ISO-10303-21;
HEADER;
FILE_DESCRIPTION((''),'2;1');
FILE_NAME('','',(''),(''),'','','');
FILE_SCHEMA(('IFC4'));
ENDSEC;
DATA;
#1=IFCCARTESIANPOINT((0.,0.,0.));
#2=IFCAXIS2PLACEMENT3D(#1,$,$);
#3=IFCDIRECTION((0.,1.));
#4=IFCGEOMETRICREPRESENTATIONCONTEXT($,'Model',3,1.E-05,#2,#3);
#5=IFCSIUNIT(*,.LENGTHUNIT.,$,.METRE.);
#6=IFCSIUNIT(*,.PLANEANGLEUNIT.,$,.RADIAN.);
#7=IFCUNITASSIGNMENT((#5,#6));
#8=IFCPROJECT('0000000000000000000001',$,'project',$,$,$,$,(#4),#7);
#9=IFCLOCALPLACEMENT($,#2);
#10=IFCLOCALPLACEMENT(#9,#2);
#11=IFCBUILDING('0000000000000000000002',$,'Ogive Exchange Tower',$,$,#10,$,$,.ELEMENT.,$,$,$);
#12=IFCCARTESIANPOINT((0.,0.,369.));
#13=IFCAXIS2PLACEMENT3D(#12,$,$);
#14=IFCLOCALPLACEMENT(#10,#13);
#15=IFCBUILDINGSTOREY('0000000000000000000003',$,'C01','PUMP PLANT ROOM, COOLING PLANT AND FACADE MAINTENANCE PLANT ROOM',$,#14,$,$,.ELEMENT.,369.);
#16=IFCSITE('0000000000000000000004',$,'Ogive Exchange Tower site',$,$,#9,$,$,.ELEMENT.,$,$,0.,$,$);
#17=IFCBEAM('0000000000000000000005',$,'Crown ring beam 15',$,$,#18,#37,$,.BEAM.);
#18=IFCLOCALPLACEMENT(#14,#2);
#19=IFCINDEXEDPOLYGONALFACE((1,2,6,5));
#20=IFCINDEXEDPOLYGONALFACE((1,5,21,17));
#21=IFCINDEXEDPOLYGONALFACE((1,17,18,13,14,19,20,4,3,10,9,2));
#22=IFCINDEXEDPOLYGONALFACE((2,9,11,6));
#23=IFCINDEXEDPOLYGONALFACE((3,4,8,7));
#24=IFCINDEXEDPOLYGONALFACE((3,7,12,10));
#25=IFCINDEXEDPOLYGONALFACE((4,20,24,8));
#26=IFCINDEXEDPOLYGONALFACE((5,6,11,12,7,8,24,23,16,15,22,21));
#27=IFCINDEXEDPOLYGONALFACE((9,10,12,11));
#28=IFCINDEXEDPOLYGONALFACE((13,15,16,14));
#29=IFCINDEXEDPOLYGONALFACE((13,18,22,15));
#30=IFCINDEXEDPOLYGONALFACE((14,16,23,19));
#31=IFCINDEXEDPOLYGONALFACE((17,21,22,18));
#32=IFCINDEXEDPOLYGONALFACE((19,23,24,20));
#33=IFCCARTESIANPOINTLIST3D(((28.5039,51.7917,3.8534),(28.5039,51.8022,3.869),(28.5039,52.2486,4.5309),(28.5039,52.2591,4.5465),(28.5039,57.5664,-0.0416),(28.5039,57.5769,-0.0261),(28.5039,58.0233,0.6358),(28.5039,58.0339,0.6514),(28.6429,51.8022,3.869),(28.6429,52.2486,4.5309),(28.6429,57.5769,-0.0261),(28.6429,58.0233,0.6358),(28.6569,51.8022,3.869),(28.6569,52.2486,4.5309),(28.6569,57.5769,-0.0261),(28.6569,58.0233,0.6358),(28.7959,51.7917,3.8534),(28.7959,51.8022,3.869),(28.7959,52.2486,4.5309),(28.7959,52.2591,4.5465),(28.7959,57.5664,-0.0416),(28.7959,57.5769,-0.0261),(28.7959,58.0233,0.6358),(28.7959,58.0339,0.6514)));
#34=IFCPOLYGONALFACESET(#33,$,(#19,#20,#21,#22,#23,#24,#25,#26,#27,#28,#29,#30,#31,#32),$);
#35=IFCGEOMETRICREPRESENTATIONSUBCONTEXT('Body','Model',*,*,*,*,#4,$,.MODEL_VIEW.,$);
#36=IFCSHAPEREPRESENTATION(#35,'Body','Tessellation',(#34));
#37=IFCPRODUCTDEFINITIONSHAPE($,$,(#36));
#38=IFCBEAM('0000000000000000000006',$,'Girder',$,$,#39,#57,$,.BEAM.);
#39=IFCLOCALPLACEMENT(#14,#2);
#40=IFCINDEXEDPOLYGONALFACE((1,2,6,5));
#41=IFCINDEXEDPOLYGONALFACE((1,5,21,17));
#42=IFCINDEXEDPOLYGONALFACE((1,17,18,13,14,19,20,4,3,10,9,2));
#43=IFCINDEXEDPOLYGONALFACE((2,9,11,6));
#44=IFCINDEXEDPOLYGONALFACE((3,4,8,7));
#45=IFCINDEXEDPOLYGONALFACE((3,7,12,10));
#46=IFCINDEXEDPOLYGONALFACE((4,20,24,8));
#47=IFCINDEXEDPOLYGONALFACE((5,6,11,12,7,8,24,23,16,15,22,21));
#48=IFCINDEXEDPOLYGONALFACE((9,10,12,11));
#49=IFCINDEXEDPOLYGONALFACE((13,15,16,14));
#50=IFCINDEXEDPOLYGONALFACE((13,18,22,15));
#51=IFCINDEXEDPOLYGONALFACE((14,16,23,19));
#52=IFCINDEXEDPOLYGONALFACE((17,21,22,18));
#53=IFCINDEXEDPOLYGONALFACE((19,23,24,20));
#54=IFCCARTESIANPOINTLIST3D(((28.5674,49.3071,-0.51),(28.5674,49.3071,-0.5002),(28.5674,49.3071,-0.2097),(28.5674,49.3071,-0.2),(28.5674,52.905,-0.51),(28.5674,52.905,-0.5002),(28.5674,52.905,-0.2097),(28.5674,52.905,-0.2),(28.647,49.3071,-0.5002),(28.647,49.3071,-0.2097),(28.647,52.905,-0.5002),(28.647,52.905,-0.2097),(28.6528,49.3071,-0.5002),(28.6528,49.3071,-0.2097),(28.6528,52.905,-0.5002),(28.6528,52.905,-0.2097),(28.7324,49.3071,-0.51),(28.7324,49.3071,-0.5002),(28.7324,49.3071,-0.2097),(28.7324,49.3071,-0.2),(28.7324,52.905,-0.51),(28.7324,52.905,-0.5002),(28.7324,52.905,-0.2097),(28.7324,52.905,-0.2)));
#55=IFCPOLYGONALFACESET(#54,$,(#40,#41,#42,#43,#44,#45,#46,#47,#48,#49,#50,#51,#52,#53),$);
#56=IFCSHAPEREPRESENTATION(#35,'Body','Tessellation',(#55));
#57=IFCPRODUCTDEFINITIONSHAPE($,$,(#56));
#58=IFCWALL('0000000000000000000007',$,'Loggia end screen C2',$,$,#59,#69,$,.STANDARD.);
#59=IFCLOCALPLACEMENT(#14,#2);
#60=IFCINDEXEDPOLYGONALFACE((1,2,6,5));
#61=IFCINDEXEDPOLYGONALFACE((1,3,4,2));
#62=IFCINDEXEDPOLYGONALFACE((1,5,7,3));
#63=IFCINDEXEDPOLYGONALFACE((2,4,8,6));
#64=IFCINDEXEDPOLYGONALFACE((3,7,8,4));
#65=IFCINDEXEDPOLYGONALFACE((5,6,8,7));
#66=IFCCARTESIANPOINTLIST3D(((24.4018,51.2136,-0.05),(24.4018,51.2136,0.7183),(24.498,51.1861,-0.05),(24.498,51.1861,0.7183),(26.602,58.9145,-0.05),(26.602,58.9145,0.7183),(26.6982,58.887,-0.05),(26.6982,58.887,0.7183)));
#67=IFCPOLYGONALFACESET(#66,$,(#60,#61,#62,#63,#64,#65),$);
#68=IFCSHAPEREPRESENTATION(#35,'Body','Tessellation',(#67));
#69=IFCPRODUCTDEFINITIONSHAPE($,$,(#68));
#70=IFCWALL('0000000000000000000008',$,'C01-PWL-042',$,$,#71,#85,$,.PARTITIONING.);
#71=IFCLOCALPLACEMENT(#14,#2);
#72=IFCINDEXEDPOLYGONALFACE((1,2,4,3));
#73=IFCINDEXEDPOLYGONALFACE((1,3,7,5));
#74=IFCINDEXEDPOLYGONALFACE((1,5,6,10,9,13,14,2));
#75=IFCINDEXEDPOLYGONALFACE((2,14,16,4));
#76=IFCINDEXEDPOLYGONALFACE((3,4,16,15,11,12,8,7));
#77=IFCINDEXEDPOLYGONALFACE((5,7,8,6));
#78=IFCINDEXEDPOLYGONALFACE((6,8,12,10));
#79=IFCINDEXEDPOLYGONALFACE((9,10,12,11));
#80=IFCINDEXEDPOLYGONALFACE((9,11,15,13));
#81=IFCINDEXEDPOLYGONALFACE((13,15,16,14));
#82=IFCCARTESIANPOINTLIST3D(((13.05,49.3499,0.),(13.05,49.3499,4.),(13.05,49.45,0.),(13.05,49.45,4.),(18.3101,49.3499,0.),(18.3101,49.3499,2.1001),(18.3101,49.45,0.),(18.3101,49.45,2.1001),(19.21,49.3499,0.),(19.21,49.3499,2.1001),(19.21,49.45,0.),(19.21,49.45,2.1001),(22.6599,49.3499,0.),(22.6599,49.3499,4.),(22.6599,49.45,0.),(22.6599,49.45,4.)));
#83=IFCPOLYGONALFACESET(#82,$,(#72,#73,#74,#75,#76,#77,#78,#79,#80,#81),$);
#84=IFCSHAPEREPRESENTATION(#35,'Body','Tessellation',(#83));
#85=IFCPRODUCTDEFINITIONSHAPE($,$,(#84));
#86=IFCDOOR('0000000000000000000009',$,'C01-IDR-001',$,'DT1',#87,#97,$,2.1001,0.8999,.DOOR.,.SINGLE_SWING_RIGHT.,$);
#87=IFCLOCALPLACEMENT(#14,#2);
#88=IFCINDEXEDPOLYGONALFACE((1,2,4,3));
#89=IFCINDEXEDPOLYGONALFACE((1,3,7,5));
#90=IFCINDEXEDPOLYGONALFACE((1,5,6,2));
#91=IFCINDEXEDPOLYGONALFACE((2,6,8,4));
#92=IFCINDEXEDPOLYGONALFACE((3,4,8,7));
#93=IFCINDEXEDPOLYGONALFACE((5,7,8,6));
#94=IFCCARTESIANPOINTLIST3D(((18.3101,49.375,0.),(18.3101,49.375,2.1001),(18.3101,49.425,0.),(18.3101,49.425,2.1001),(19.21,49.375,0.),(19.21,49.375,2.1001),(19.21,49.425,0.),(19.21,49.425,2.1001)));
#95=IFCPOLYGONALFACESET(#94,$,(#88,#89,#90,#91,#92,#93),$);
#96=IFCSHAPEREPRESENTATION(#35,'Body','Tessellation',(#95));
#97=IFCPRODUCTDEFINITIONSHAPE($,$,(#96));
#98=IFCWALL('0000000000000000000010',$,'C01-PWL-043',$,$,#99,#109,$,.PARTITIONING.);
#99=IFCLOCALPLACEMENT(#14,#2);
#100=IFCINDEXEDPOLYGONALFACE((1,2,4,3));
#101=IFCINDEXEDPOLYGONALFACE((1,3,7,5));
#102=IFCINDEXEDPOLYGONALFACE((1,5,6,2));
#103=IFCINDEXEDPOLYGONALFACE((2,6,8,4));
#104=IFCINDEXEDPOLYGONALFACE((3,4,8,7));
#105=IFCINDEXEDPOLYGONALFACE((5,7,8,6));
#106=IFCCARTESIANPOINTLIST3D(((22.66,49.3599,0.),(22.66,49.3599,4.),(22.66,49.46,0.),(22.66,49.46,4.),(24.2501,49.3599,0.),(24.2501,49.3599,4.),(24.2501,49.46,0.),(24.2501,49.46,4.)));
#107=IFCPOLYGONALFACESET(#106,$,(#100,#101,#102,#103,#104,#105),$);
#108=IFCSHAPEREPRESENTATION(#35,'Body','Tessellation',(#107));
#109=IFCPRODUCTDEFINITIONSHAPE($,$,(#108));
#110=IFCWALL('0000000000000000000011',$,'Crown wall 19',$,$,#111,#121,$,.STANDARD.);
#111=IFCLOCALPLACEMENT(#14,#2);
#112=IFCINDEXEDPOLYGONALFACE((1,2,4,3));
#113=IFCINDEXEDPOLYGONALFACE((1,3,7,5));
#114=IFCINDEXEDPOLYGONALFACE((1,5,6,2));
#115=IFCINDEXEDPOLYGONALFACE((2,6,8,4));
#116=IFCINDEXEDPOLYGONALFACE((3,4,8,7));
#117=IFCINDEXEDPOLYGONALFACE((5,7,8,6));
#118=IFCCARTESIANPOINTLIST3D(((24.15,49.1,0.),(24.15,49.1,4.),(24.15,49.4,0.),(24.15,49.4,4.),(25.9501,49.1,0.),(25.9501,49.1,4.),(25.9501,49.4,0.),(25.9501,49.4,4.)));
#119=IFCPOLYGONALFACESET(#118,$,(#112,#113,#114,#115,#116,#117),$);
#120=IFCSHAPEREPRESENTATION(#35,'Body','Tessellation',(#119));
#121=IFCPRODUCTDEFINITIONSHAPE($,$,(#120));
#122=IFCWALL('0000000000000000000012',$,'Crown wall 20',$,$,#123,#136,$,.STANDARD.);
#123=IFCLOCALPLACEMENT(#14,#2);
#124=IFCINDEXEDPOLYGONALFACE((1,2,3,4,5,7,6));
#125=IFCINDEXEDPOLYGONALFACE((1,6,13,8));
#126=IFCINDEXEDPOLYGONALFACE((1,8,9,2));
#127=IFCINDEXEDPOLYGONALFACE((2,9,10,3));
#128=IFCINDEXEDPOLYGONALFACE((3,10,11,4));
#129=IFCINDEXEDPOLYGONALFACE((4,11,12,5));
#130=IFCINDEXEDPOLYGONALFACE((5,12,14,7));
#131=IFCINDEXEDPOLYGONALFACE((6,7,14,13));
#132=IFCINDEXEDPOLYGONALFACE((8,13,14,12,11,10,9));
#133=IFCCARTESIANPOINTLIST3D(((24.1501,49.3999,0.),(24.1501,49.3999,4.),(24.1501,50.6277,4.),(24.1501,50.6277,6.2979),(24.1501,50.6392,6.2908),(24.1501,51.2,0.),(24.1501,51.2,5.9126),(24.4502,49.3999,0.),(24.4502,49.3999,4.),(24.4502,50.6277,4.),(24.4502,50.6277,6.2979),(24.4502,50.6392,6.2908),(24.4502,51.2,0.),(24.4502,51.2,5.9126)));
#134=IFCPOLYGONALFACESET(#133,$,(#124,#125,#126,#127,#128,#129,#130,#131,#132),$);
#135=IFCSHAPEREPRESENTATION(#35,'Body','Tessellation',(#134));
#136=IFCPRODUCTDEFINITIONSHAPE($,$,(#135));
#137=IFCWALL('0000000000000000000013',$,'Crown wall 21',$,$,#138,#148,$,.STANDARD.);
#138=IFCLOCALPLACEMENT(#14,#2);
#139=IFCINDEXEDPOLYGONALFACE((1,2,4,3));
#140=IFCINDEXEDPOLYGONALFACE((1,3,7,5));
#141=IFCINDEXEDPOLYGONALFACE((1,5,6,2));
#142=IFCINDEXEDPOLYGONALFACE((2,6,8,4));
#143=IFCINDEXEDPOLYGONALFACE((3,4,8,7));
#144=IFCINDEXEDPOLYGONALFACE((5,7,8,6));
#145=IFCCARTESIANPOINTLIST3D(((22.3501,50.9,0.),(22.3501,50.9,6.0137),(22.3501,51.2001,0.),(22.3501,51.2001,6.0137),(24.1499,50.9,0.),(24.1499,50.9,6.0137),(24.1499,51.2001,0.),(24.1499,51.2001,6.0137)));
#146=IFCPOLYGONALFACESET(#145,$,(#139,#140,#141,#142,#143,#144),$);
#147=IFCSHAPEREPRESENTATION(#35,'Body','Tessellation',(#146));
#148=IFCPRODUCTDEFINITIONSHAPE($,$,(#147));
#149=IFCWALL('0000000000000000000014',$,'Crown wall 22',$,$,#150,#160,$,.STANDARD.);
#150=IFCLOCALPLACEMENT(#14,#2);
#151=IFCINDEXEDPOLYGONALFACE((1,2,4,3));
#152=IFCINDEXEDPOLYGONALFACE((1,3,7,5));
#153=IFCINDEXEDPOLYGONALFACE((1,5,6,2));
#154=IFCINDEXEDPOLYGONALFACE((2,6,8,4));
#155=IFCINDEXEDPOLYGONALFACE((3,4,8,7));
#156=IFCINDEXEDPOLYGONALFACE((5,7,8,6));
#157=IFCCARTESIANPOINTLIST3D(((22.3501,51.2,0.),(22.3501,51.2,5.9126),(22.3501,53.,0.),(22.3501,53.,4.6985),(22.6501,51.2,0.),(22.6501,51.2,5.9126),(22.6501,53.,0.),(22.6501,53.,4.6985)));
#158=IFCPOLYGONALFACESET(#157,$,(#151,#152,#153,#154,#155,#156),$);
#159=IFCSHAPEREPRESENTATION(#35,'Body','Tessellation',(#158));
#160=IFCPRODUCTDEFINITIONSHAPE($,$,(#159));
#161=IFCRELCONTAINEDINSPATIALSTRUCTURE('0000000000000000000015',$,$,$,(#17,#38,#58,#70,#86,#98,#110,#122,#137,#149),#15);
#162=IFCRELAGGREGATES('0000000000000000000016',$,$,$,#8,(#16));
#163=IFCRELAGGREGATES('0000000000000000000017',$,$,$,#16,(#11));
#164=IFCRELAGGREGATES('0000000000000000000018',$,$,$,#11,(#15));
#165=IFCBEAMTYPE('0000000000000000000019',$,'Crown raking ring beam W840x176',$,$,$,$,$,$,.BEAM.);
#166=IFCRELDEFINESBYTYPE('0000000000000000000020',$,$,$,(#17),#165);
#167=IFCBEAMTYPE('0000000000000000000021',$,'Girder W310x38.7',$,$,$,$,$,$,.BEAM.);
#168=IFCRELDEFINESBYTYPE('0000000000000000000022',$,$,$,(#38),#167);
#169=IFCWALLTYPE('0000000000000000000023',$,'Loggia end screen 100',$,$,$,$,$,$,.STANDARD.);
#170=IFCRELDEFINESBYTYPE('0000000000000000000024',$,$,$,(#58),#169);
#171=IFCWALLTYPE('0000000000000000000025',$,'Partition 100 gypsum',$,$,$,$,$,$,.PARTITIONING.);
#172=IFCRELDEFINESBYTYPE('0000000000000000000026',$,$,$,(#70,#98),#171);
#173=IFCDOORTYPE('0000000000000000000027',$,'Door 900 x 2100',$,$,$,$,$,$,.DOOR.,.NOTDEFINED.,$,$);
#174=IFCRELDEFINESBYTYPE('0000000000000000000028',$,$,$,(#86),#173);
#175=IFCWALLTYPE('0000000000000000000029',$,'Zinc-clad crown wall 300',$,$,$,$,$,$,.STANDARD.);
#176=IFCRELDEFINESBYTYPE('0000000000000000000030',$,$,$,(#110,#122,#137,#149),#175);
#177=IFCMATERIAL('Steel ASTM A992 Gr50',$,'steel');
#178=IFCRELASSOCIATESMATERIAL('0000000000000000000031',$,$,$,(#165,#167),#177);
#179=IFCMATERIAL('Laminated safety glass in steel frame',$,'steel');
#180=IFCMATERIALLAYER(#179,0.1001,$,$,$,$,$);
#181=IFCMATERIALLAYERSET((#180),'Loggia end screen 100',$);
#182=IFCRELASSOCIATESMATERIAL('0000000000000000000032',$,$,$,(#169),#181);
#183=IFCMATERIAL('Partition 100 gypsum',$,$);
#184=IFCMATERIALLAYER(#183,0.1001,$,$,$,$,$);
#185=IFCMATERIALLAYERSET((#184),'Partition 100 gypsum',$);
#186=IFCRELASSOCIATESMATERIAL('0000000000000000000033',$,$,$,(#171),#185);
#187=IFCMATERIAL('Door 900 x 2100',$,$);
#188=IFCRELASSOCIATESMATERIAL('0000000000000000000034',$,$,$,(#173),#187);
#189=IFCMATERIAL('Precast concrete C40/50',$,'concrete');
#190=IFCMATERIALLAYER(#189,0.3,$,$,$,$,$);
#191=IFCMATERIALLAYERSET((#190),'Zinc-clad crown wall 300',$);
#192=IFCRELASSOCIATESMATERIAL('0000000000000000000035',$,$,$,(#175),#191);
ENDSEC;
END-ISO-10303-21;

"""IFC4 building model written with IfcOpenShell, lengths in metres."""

from ifc_helpers import new_model, si_unit, direction, frame, frame_2d, origin, origin_2d, place, context, subcontext, project, spatial, polyline, rectangle, i_section, outline, extrude, material, layer, layer_set, material_profile, profile_set, type_object, element, fill, save


model = new_model("IFC4")

# Units and contexts
model_context = context("Model", 3, precision=1e-05, world=origin(), true_north=direction((0.0, 1.0)))
body_context = subcontext(model_context, "Body", "Model", "MODEL_VIEW")
ifc_project = project(units=[si_unit("LENGTHUNIT", "METRE"), si_unit("PLANEANGLEUNIT", "RADIAN")], contexts=[model_context])

# Site, building, storey
site_placement = place(None, origin())
site = spatial("IfcSite", under=ifc_project, at=site_placement, Name="Ogive Exchange Tower site", CompositionType="ELEMENT", RefElevation=0.0)
building_placement = place(site_placement, origin())
building = spatial("IfcBuilding", under=site, at=building_placement, Name="Ogive Exchange Tower", CompositionType="ELEMENT")
storey_placement = place(building_placement, frame((0.0, 0.0, 369.0)))
storey = spatial("IfcBuildingStorey", under=building, at=storey_placement, Name="C01", Description="PUMP PLANT ROOM, COOLING PLANT AND FACADE MAINTENANCE PLANT ROOM", CompositionType="ELEMENT", Elevation=369.0)

# Beams
ifc_material_1 = material(Name="Steel ASTM A992 Gr50", Category="steel")
ifc_material_profile_1 = material_profile(ifc_material_1, i_section(OverallWidth=0.292, OverallDepth=0.8359, WebThickness=0.0139, FlangeThickness=0.0188, at=origin_2d()), Name="W840x176")
ifc_profile_set_1 = profile_set([ifc_material_profile_1], Name="Steel ASTM A992 Gr50")
beam_type_1 = type_object("IfcBeamType", Name="Crown raking ring beam W840x176", PredefinedType="BEAM", material=ifc_profile_set_1)
beam_1_placement = place(storey_placement, frame((28.6499, 52.0254, 4.2), z_axis=(0.0, 0.82904, -0.559189), x_axis=(-1.0, 0.0, 0.0)))
element("IfcBeam", 1, at=beam_1_placement, inside=storey, type_object=beam_type_1, Name="Crown ring beam 15", PredefinedType="BEAM", context=body_context, shape_type="SweptSolid", body=[
    extrude(i_section(OverallWidth=0.292, OverallDepth=0.8359, WebThickness=0.0139, FlangeThickness=0.0188, at=origin_2d()), origin(), (0.0, 0.0, 1.0), 6.9656),
])
ifc_material_profile_2 = material_profile(ifc_material_1, i_section(OverallWidth=0.165, OverallDepth=0.3101, WebThickness=0.0059, FlangeThickness=0.0098, at=origin_2d()), Name="W310x38.7")
ifc_profile_set_2 = profile_set([ifc_material_profile_2], Name="Steel ASTM A992 Gr50")
beam_type_2 = type_object("IfcBeamType", Name="Girder W310x38.7", PredefinedType="BEAM", material=ifc_profile_set_2)
beam_2_placement = place(storey_placement, frame((28.6499, 49.3071, -0.355), z_axis=(0.0, 1.0, 0.0), x_axis=(-1.0, 0.0, 0.0)))
element("IfcBeam", 2, at=beam_2_placement, inside=storey, type_object=beam_type_2, Name="Girder", PredefinedType="BEAM", context=body_context, shape_type="SweptSolid", body=[
    extrude(i_section(OverallWidth=0.165, OverallDepth=0.3101, WebThickness=0.0059, FlangeThickness=0.0098, at=origin_2d()), origin(), (0.0, 0.0, 1.0), 3.5979),
])

# Wall
ifc_material_2 = material(Name="Laminated safety glass in steel frame", Category="steel")
ifc_layer_1 = layer(ifc_material_2, 0.1001)
ifc_layer_set_1 = layer_set([ifc_layer_1], Name="Loggia end screen 100")
wall_type_1 = type_object("IfcWallType", Name="Loggia end screen 100", PredefinedType="STANDARD", material=ifc_layer_set_1)
wall_1_placement = place(storey_placement, frame((24.45, 51.2, -0.05), z_axis=(0.0, 0.0, 1.0), x_axis=(0.274713, 0.961526, 0.0)))
element("IfcWall", 3, at=wall_1_placement, inside=storey, type_object=wall_type_1, Name="Loggia end screen C2", PredefinedType="STANDARD", context=body_context, shape_type="SweptSolid", body=[
    extrude(rectangle(XDim=8.009, YDim=0.1001, at=frame_2d((4.0044, 0.0))), origin(), (0.0, 0.0, 1.0), 0.7683),
])

# Wall, opening, door
ifc_material_3 = material(Name="Partition 100 gypsum")
ifc_layer_2 = layer(ifc_material_3, 0.1001)
ifc_layer_set_2 = layer_set([ifc_layer_2], Name="Partition 100 gypsum")
wall_type_2 = type_object("IfcWallType", Name="Partition 100 gypsum", PredefinedType="PARTITIONING", material=ifc_layer_set_2)
wall_2_placement = place(storey_placement, frame((22.6599, 49.3999, 0.0), z_axis=(0.0, 0.0, 1.0), x_axis=(-1.0, 0.0, 0.0)))
wall_2 = element("IfcWall", 4, at=wall_2_placement, inside=storey, type_object=wall_type_2, Name="C01-PWL-042", PredefinedType="PARTITIONING", context=body_context, shape_type="SweptSolid", body=[
    extrude(rectangle(XDim=9.6099, YDim=0.1001, at=frame_2d((4.8049, 0.0))), origin(), (0.0, 0.0, 1.0), 4.0),
])
opening_1_placement = place(wall_2_placement, frame((3.45, 0.0, 0.0)))
opening_1 = element("IfcOpeningElement", 5, at=opening_1_placement, cuts=wall_2, PredefinedType="OPENING", context=body_context, shape_type="SweptSolid", body=[
    extrude(rectangle(XDim=0.8999, YDim=2.1001, at=frame_2d((0.45, 1.05))), frame((0.0, 0.0601, 0.0), z_axis=(0.0, -1.0, 0.0), x_axis=(1.0, 0.0, 0.0)), (0.0, 0.0, 1.0), 0.1201),
])
ifc_material_4 = material(Name="Door 900 x 2100")
door_type = type_object("IfcDoorType", Name="Door 900 x 2100", OperationType="NOTDEFINED", PredefinedType="DOOR", material=ifc_material_4)
door_placement = place(opening_1_placement, origin())
door = element("IfcDoor", 6, at=door_placement, inside=storey, type_object=door_type, Name="C01-IDR-001", ObjectType="DT1", OperationType="SINGLE_SWING_RIGHT", OverallHeight=2.1001, OverallWidth=0.8999, PredefinedType="DOOR", context=body_context, shape_type="SweptSolid", body=[
    extrude(rectangle(XDim=0.8999, YDim=2.1001, at=frame_2d((0.45, 1.05))), frame((0.0, 0.0249, 0.0), z_axis=(0.0, -1.0, 0.0), x_axis=(1.0, 0.0, 0.0)), (0.0, 0.0, 1.0), 0.05),
])
fill(opening_1, door)

# Walls
wall_3_placement = place(storey_placement, frame((24.25, 49.4099, 0.0), z_axis=(0.0, 0.0, 1.0), x_axis=(-1.0, 0.0, 0.0)))
element("IfcWall", 7, at=wall_3_placement, inside=storey, type_object=wall_type_2, Name="C01-PWL-043", PredefinedType="PARTITIONING", context=body_context, shape_type="SweptSolid", body=[
    extrude(rectangle(XDim=1.5901, YDim=0.1001, at=frame_2d((0.7949, 0.0))), origin(), (0.0, 0.0, 1.0), 4.0),
])
ifc_material_5 = material(Name="Precast concrete C40/50", Category="concrete")
ifc_layer_3 = layer(ifc_material_5, 0.3)
ifc_layer_set_3 = layer_set([ifc_layer_3], Name="Zinc-clad crown wall 300")
wall_type_3 = type_object("IfcWallType", Name="Zinc-clad crown wall 300", PredefinedType="STANDARD", material=ifc_layer_set_3)
wall_4_placement = place(storey_placement, frame((25.95, 49.25, 0.0), z_axis=(0.0, 0.0, 1.0), x_axis=(-1.0, 0.0, 0.0)))
element("IfcWall", 8, at=wall_4_placement, inside=storey, type_object=wall_type_3, Name="Crown wall 19", PredefinedType="STANDARD", context=body_context, shape_type="SweptSolid", body=[
    extrude(rectangle(XDim=1.8, YDim=0.3, at=frame_2d((0.8999, 0.0))), origin(), (0.0, 0.0, 1.0), 4.0),
])
wall_5_placement = place(storey_placement, frame((24.3, 49.3999, 0.0), z_axis=(0.0, 0.0, 1.0), x_axis=(0.0, 1.0, 0.0)))
element("IfcWall", 9, at=wall_5_placement, inside=storey, type_object=wall_type_3, Name="Crown wall 20", PredefinedType="STANDARD", context=body_context, shape_type="SweptSolid", body=[
    extrude(outline(polyline([(0.0, 0.0), (1.8, 0.0), (1.8, 5.9126), (1.2393, 6.2908), (1.2278, 6.2979), (1.2278, 4.0), (0.0, 4.0), (0.0, 0.0)])), frame((0.0, 0.1499, 0.0), z_axis=(0.0, -1.0, 0.0), x_axis=(1.0, 0.0, 0.0)), (0.0, 0.0, 1.0), 0.3),
])
wall_6_placement = place(storey_placement, frame((24.1499, 51.05, 0.0), z_axis=(0.0, 0.0, 1.0), x_axis=(-1.0, 0.0, 0.0)))
element("IfcWall", 10, at=wall_6_placement, inside=storey, type_object=wall_type_3, Name="Crown wall 21", PredefinedType="STANDARD", context=body_context, shape_type="SweptSolid", body=[
    extrude(rectangle(XDim=1.7998, YDim=0.3, at=frame_2d((0.8999, 0.0))), origin(), (0.0, 0.0, 1.0), 6.0137),
])
wall_7_placement = place(storey_placement, frame((22.5, 51.2, 0.0), z_axis=(0.0, 0.0, 1.0), x_axis=(0.0, 1.0, 0.0)))
element("IfcWall", 11, at=wall_7_placement, inside=storey, type_object=wall_type_3, Name="Crown wall 22", PredefinedType="STANDARD", context=body_context, shape_type="SweptSolid", body=[
    extrude(outline(polyline([(0.0, 0.0), (1.8, 0.0), (1.8, 4.6985), (0.0, 5.9126), (0.0, 0.0)])), frame((0.0, 0.1499, 0.0), z_axis=(0.0, -1.0, 0.0), x_axis=(1.0, 0.0, 0.0)), (0.0, 0.0, 1.0), 0.3),
])

save(model, "model.ifc")
